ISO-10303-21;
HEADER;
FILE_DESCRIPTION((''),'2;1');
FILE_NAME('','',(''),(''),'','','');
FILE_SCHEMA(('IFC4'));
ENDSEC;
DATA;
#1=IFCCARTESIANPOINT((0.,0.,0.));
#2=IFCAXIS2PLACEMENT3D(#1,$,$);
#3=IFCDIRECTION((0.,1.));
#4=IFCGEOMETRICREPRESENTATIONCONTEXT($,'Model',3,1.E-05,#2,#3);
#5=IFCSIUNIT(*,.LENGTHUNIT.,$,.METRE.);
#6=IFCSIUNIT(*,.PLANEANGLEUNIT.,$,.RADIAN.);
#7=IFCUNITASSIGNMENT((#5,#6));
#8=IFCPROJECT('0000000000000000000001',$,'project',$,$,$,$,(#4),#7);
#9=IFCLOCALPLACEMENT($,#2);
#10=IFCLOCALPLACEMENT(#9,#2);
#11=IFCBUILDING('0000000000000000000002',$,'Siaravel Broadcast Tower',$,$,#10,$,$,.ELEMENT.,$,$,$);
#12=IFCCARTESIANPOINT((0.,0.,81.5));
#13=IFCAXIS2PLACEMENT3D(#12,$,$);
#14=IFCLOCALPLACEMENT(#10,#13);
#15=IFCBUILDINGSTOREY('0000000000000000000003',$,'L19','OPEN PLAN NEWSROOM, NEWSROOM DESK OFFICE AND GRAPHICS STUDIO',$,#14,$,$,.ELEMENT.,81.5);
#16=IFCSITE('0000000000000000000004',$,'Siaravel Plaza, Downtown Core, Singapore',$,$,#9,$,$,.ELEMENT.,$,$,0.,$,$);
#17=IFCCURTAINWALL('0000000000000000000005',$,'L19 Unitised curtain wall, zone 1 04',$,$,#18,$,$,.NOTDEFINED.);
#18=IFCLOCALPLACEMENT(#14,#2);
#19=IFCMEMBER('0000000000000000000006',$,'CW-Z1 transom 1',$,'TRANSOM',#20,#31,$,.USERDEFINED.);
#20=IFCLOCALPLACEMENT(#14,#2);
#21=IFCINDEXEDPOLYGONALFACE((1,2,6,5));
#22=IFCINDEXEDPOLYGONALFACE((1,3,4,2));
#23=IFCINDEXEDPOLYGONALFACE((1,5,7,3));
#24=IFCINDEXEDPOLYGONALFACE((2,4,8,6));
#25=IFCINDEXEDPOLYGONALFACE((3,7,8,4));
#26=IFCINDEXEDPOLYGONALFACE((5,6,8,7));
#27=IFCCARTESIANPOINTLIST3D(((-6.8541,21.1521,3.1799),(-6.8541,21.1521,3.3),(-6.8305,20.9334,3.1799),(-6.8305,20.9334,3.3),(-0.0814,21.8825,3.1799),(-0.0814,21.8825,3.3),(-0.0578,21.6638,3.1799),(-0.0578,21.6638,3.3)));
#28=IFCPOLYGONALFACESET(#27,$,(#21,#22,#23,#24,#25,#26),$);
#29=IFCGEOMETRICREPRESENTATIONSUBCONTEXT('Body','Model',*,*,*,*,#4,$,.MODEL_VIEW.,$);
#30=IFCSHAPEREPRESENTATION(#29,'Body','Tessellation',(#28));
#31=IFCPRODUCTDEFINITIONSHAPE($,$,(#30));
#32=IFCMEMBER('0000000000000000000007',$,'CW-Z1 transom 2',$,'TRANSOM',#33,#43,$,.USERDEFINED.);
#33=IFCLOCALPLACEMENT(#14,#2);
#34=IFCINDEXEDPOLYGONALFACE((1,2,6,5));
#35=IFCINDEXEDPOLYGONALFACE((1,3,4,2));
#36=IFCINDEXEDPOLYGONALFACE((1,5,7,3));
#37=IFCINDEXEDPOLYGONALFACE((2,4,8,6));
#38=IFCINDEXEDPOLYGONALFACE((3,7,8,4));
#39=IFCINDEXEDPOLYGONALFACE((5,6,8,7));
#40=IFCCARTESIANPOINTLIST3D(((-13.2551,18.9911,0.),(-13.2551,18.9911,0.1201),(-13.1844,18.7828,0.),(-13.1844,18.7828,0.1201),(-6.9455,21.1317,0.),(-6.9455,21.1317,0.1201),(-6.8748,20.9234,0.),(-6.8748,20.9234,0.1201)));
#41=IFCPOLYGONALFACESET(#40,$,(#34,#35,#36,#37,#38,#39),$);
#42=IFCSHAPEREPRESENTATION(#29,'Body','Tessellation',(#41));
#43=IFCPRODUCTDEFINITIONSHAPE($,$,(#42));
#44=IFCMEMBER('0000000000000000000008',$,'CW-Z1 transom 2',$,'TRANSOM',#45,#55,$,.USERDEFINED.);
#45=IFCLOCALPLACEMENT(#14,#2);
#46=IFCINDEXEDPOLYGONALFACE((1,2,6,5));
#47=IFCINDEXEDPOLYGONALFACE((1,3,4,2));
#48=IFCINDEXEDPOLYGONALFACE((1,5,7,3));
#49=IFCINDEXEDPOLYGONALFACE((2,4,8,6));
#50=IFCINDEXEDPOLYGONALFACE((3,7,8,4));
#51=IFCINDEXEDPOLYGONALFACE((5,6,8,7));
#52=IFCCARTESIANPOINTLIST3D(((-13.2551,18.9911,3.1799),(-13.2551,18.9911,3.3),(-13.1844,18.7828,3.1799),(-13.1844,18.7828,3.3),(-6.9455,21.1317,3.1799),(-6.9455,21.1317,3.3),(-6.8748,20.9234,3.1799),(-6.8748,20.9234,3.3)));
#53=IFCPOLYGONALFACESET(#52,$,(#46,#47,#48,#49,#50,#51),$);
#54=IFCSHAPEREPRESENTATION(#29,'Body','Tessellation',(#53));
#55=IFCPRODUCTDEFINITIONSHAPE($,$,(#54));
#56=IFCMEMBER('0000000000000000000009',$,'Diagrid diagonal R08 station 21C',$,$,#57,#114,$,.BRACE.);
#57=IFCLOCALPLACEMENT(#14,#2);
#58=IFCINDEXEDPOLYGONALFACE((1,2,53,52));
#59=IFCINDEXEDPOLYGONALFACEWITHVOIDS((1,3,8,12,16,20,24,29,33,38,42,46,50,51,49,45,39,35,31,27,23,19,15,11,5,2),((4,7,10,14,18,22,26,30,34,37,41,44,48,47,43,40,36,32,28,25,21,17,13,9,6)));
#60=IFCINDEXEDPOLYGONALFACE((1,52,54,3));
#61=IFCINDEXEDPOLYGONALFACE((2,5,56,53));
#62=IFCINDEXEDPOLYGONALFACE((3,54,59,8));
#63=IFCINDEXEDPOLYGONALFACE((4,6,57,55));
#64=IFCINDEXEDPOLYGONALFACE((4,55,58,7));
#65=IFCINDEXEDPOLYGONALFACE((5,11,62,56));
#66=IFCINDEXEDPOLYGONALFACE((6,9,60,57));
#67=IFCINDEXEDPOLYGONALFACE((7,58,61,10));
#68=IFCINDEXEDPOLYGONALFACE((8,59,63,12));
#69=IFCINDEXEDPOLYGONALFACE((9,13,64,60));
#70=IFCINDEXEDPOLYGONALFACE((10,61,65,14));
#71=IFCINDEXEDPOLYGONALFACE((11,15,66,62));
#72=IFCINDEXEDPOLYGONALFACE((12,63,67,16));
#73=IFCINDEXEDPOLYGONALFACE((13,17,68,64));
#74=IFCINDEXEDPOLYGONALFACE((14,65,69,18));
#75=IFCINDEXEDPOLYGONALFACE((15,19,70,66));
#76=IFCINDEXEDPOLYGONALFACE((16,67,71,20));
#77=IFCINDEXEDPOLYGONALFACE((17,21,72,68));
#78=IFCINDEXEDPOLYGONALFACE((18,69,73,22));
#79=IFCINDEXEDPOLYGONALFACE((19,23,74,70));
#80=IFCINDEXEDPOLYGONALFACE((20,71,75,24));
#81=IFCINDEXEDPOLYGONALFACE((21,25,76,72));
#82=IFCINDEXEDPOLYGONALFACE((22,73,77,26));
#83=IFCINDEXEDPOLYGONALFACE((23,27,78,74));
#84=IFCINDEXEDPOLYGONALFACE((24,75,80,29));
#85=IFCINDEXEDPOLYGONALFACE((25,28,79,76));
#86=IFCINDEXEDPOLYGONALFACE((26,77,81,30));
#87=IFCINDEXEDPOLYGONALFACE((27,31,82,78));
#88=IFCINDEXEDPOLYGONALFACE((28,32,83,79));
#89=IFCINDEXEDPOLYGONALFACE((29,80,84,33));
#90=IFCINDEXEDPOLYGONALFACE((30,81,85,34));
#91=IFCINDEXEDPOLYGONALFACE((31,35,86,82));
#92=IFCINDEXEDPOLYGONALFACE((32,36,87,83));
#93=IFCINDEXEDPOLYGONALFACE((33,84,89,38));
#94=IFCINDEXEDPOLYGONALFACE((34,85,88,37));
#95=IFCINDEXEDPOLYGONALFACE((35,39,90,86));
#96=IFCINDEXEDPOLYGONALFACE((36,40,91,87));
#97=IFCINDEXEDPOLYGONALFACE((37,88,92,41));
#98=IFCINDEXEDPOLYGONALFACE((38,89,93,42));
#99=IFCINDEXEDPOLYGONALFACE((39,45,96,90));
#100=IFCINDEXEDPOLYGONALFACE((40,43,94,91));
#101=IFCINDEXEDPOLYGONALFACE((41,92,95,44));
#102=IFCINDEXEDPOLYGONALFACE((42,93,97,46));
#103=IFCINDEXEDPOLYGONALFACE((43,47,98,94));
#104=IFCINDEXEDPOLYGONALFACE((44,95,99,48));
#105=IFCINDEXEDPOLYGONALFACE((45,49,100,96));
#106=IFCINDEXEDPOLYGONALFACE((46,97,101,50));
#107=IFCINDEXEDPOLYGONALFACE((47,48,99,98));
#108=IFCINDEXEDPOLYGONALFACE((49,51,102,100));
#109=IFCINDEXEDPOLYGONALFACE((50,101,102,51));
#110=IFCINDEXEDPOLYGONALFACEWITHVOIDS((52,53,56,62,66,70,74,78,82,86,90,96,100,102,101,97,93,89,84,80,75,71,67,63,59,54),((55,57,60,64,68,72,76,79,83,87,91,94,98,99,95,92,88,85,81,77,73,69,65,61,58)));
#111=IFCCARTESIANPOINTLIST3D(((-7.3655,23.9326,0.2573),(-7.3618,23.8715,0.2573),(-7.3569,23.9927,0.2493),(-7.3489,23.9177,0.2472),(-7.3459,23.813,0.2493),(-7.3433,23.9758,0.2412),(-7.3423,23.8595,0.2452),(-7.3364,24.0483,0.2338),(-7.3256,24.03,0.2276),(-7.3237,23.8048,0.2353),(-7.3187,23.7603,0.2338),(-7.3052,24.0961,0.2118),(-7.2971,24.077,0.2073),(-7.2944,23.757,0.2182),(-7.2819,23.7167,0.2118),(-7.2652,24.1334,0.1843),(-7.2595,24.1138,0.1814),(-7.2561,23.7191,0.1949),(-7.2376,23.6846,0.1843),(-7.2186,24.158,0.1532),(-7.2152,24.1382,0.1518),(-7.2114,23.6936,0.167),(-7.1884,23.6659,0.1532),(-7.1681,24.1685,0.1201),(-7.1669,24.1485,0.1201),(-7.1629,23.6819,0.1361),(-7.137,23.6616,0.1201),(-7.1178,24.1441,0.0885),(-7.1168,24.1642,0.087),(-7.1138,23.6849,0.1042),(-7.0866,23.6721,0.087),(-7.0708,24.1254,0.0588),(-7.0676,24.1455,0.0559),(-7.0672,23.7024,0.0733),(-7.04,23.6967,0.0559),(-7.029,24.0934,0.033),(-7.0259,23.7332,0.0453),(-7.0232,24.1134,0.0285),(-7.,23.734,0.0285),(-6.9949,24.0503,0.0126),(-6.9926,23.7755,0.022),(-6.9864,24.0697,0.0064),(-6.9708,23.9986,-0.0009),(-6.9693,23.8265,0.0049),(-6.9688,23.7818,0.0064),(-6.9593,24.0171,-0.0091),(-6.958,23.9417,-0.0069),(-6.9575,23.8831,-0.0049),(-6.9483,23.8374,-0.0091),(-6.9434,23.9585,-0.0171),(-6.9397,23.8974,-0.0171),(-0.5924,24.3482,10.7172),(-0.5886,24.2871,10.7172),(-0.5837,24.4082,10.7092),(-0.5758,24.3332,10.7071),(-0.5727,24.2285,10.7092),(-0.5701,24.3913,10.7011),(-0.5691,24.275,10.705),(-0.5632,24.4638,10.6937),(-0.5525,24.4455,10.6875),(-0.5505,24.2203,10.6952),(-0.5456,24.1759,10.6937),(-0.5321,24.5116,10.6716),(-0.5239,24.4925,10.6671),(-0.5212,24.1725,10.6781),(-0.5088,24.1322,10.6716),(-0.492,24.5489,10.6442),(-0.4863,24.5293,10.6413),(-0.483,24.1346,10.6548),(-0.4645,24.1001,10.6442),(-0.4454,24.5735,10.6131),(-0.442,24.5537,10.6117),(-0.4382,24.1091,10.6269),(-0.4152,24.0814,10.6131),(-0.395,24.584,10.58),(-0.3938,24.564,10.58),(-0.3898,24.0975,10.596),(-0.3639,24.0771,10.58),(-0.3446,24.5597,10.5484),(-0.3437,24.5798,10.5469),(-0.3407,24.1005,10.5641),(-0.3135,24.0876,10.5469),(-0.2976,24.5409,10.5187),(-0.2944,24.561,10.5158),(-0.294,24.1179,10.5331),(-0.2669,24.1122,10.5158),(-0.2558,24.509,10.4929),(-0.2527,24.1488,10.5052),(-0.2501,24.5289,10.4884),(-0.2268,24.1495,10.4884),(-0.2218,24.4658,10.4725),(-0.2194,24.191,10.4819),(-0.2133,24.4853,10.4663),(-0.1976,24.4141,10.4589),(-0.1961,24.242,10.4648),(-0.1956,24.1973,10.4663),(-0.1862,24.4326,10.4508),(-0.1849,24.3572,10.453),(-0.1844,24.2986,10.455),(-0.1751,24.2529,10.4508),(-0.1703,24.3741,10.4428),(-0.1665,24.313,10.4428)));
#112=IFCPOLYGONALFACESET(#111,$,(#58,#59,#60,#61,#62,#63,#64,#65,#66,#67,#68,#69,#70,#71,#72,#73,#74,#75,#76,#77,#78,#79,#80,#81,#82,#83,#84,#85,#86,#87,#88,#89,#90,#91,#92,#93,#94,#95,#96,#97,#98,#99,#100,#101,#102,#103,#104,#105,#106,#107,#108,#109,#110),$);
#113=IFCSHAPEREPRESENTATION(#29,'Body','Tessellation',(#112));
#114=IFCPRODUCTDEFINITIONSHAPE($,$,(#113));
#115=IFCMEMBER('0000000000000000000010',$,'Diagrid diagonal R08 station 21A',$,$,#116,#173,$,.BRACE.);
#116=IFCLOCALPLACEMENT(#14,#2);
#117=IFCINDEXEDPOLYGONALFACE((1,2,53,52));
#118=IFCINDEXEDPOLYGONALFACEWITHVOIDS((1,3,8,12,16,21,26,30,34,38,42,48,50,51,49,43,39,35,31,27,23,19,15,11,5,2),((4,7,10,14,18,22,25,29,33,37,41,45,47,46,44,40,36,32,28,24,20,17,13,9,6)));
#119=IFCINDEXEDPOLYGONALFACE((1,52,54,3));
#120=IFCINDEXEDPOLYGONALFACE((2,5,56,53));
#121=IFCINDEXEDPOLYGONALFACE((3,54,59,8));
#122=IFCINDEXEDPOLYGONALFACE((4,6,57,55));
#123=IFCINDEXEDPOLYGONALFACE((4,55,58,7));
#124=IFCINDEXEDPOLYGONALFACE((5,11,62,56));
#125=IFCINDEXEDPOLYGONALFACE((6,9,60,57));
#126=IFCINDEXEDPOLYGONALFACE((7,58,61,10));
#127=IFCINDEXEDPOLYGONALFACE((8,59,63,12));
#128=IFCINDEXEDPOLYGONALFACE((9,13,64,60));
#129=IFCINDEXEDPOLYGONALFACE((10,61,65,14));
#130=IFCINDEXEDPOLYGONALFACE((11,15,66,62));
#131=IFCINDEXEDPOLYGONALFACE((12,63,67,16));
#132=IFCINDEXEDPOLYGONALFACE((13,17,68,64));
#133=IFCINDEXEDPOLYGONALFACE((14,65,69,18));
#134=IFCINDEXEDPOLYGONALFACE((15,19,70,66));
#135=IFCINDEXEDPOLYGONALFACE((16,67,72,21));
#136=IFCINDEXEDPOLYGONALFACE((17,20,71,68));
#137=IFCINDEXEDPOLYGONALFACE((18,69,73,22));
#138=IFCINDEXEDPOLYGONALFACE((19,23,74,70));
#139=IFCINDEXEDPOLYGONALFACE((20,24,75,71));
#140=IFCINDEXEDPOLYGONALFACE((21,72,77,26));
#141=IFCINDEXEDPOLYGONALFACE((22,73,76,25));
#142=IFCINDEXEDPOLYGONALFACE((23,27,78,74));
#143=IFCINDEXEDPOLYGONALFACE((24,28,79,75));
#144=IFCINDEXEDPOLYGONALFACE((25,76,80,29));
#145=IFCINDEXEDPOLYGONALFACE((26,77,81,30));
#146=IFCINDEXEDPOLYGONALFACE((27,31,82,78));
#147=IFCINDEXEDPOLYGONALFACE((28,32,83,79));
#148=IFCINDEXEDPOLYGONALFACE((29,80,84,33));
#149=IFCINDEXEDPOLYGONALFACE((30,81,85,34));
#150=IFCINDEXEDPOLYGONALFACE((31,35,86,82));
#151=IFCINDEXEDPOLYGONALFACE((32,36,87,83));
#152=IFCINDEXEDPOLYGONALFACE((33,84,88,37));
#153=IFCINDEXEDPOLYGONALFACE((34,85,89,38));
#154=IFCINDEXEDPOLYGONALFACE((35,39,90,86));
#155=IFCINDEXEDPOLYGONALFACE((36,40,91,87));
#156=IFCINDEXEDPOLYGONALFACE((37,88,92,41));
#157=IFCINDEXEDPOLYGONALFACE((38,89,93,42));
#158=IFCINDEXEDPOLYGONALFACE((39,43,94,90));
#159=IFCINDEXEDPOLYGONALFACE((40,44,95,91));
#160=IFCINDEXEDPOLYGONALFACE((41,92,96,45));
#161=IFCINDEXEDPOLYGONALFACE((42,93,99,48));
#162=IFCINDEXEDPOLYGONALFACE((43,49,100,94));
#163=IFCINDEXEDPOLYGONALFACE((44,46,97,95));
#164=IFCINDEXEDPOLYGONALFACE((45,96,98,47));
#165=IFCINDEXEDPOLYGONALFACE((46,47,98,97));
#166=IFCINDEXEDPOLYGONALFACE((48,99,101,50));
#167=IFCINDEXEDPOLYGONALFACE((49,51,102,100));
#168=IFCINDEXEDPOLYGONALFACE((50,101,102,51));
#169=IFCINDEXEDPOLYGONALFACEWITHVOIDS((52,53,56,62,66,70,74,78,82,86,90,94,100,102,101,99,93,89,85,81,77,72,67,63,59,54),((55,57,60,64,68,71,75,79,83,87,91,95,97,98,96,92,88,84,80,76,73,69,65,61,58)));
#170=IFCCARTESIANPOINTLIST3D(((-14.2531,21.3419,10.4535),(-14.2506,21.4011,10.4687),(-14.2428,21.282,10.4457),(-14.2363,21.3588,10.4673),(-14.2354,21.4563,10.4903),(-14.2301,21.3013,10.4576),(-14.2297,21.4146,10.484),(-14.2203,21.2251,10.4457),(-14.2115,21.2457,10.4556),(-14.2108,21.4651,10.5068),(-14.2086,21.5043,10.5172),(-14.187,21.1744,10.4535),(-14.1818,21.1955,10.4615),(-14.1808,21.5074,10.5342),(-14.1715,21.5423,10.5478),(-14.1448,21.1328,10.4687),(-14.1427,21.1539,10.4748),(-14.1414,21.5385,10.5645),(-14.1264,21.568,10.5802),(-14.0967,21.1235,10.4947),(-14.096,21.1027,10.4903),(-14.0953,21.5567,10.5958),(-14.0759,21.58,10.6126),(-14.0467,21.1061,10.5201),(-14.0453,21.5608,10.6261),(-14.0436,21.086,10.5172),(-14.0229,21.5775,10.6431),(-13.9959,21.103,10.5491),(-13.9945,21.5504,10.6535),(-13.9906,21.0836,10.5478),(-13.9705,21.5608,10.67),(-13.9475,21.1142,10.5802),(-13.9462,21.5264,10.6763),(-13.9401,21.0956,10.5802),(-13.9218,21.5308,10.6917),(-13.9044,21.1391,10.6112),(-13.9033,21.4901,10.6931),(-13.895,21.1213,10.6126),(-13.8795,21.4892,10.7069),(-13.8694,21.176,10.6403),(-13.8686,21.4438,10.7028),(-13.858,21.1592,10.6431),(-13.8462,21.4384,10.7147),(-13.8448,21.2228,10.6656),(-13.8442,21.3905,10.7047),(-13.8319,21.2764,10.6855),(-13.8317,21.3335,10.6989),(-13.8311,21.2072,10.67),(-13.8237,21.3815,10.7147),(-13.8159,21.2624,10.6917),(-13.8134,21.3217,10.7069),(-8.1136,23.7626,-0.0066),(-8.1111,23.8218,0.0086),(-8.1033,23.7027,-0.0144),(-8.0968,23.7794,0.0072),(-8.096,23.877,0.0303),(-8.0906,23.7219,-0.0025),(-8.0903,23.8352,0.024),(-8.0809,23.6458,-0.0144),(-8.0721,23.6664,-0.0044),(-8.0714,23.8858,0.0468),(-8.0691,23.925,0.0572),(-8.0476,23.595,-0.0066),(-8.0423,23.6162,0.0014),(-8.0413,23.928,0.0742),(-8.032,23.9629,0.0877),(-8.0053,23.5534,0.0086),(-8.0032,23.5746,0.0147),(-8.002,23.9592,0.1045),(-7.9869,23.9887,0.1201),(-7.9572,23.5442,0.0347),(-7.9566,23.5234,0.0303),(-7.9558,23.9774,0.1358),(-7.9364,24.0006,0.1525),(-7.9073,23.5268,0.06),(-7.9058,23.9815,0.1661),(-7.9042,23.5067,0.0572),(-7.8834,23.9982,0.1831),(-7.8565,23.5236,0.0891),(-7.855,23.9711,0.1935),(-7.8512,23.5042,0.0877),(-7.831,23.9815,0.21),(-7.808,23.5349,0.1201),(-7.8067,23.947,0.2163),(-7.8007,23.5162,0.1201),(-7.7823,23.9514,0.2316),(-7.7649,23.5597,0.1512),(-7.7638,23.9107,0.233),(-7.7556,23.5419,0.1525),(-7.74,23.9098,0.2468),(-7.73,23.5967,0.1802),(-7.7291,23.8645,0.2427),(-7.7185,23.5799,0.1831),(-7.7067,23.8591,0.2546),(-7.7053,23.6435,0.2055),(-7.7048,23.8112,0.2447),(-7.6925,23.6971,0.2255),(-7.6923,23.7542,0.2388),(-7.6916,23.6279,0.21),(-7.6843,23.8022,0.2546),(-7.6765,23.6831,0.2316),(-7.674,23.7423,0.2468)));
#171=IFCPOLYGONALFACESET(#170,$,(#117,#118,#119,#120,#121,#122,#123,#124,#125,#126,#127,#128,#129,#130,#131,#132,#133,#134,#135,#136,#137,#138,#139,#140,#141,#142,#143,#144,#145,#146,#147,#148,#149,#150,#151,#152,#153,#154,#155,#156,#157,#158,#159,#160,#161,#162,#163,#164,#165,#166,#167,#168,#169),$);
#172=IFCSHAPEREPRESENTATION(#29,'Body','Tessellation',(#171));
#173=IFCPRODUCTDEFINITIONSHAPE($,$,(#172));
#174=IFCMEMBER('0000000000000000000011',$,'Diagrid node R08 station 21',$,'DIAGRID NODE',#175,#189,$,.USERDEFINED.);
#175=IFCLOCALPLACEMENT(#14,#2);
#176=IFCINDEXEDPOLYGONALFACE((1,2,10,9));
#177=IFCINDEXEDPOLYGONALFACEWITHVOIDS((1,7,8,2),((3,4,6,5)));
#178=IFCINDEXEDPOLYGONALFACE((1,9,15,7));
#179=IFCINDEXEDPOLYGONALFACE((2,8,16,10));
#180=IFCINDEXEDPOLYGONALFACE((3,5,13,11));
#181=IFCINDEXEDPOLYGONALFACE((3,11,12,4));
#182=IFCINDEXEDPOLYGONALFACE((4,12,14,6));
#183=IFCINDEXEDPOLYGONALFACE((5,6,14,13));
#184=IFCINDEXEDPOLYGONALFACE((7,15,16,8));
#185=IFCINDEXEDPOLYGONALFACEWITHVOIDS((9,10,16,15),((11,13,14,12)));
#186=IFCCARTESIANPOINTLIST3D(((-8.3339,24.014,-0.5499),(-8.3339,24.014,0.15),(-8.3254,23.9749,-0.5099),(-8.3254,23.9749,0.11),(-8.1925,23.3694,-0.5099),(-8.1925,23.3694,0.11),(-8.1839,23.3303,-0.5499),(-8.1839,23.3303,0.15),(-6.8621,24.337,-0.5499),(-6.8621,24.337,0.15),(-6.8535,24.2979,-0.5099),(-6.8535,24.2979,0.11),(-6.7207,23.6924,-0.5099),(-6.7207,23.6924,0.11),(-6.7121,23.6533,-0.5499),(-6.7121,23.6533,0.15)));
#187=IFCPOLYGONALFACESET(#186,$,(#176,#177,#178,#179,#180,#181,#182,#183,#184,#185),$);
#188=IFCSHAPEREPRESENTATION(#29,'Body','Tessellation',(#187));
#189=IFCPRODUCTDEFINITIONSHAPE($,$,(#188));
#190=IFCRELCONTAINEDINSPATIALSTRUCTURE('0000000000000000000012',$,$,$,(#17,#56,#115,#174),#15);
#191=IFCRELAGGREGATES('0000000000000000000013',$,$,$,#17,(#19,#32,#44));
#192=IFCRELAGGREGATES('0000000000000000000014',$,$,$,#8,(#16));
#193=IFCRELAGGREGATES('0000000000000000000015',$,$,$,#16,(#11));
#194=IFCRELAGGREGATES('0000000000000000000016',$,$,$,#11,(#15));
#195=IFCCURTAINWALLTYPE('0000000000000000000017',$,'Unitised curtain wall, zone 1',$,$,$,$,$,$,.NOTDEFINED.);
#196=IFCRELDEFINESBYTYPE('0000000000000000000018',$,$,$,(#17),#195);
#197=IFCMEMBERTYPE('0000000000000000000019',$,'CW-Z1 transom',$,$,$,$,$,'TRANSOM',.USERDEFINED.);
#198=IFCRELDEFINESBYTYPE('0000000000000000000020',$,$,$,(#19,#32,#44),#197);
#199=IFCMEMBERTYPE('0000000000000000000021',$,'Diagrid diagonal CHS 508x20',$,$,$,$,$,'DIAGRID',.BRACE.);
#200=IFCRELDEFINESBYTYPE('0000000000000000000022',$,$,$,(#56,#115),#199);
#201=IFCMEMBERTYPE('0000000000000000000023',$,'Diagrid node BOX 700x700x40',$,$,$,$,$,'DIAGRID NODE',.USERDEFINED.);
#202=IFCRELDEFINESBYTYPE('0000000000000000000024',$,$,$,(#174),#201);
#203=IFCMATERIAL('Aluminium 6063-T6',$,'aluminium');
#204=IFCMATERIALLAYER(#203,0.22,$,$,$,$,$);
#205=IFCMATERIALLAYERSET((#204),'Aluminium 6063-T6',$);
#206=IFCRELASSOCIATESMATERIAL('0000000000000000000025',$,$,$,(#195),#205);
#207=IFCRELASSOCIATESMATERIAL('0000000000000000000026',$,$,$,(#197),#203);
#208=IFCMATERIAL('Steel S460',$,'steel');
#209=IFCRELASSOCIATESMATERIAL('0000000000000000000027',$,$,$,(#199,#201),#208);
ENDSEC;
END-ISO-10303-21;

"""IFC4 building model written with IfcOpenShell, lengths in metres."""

from ifc_helpers import new_model, si_unit, direction, frame, origin, origin_2d, place, context, subcontext, project, spatial, rectangle, hollow_rectangle, hollow_circle, extrude, material, layer, layer_set, material_profile, profile_set, type_object, element, aggregate, save


model = new_model("IFC4")

# Units and contexts
model_context = context("Model", 3, precision=1e-05, world=origin(), true_north=direction((0.0, 1.0)))
body_context = subcontext(model_context, "Body", "Model", "MODEL_VIEW")
ifc_project = project(units=[si_unit("LENGTHUNIT", "METRE"), si_unit("PLANEANGLEUNIT", "RADIAN")], contexts=[model_context])

# Site, building, storey
site_placement = place(None, origin())
site = spatial("IfcSite", under=ifc_project, at=site_placement, Name="Siaravel Plaza, Downtown Core, Singapore", CompositionType="ELEMENT", RefElevation=0.0)
building_placement = place(site_placement, origin())
building = spatial("IfcBuilding", under=site, at=building_placement, Name="Siaravel Broadcast Tower", CompositionType="ELEMENT")
storey_placement = place(building_placement, frame((0.0, 0.0, 81.5)))
storey = spatial("IfcBuildingStorey", under=building, at=storey_placement, Name="L19", Description="OPEN PLAN NEWSROOM, NEWSROOM DESK OFFICE AND GRAPHICS STUDIO", CompositionType="ELEMENT", Elevation=81.5)

# Curtain wall, members
ifc_material_1 = material(Name="Aluminium 6063-T6", Category="aluminium")
ifc_layer_1 = layer(ifc_material_1, 0.22)
ifc_layer_set_1 = layer_set([ifc_layer_1], Name="Aluminium 6063-T6")
curtain_wall_type = type_object("IfcCurtainWallType", Name="Unitised curtain wall, zone 1", PredefinedType="NOTDEFINED", material=ifc_layer_set_1)
curtain_wall_placement = place(storey_placement, origin())
curtain_wall = element("IfcCurtainWall", 1, at=curtain_wall_placement, inside=storey, type_object=curtain_wall_type, Name="L19 Unitised curtain wall, zone 1 04", PredefinedType="NOTDEFINED")
ifc_material_profile_1 = material_profile(ifc_material_1, rectangle(XDim=0.22, YDim=0.1201, at=origin_2d()))
ifc_profile_set_1 = profile_set([ifc_material_profile_1], Name="Aluminium 6063-T6")
member_type_1 = type_object("IfcMemberType", Name="CW-Z1 transom", ElementType="TRANSOM", PredefinedType="USERDEFINED", material=ifc_profile_set_1)
member_1_placement = place(storey_placement, frame((-0.0696, 21.7732, 3.24), z_axis=(-0.994234, -0.107233, 0.0), x_axis=(0.107233, -0.994234, 0.0)))
member_1 = element("IfcMember", 2, at=member_1_placement, type_object=member_type_1, Name="CW-Z1 transom 1", ObjectType="TRANSOM", PredefinedType="USERDEFINED", context=body_context, shape_type="SweptSolid", body=[
    extrude(rectangle(XDim=0.22, YDim=0.1201, at=origin_2d()), origin(), (0.0, 0.0, 1.0), 6.812),
])
member_2_placement = place(storey_placement, frame((-6.9102, 21.0276, 0.0601), z_axis=(-0.946984, -0.32128, 0.0), x_axis=(0.32128, -0.946984, 0.0)))
member_2 = element("IfcMember", 3, at=member_2_placement, type_object=member_type_1, Name="CW-Z1 transom 2", ObjectType="TRANSOM", PredefinedType="USERDEFINED", context=body_context, shape_type="SweptSolid", body=[
    extrude(rectangle(XDim=0.22, YDim=0.1201, at=origin_2d()), origin(), (0.0, 0.0, 1.0), 6.6628),
])
member_3_placement = place(storey_placement, frame((-6.9102, 21.0276, 3.24), z_axis=(-0.946984, -0.32128, 0.0), x_axis=(0.32128, -0.946984, 0.0)))
member_3 = element("IfcMember", 4, at=member_3_placement, type_object=member_type_1, Name="CW-Z1 transom 2", ObjectType="TRANSOM", PredefinedType="USERDEFINED", context=body_context, shape_type="SweptSolid", body=[
    extrude(rectangle(XDim=0.22, YDim=0.1201, at=origin_2d()), origin(), (0.0, 0.0, 1.0), 6.6628),
])

# Members
ifc_material_2 = material(Name="Steel S460", Category="steel")
ifc_material_profile_2 = material_profile(ifc_material_2, hollow_circle(Radius=0.2539, WallThickness=0.02, at=origin_2d()))
ifc_profile_set_2 = profile_set([ifc_material_profile_2], Name="Steel S460")
member_type_2 = type_object("IfcMemberType", Name="Diagrid diagonal CHS 508x20", ElementType="DIAGRID", PredefinedType="BRACE", material=ifc_profile_set_2)
member_4_placement = place(storey_placement, frame((-7.1526, 23.915, 0.1201), z_axis=(0.543231, 0.033327, 0.838921), x_axis=(-0.061234, 0.998123, 0.0)))
element("IfcMember", 5, at=member_4_placement, inside=storey, type_object=member_type_2, Name="Diagrid diagonal R08 station 21C", PredefinedType="BRACE", context=body_context, shape_type="SweptSolid", body=[
    extrude(hollow_circle(Radius=0.2539, WallThickness=0.02, at=origin_2d()), origin(), (0.0, 0.0, 1.0), 12.4683),
])
member_5_placement = place(storey_placement, frame((-7.8938, 23.7524, 0.1201), z_axis=(-0.496402, -0.195722, 0.845741), x_axis=(0.3668, -0.9303, 0.0)))
element("IfcMember", 6, at=member_5_placement, inside=storey, type_object=member_type_2, Name="Diagrid diagonal R08 station 21A", PredefinedType="BRACE", context=body_context, shape_type="SweptSolid", body=[
    extrude(hollow_circle(Radius=0.2539, WallThickness=0.02, at=origin_2d()), origin(), (0.0, 0.0, 1.0), 12.3679),
])
ifc_material_profile_3 = material_profile(ifc_material_2, hollow_rectangle(XDim=0.7, YDim=0.7, WallThickness=0.04, at=origin_2d()))
ifc_profile_set_3 = profile_set([ifc_material_profile_3], Name="Steel S460")
member_type_3 = type_object("IfcMemberType", Name="Diagrid node BOX 700x700x40", ElementType="DIAGRID NODE", PredefinedType="USERDEFINED", material=ifc_profile_set_3)
member_6_placement = place(storey_placement, frame((-6.7871, 23.9951, -0.2), z_axis=(-0.976759, -0.214339, 0.0), x_axis=(0.214339, -0.976759, 0.0)))
element("IfcMember", 7, at=member_6_placement, inside=storey, type_object=member_type_3, Name="Diagrid node R08 station 21", ObjectType="DIAGRID NODE", PredefinedType="USERDEFINED", context=body_context, shape_type="SweptSolid", body=[
    extrude(hollow_rectangle(XDim=0.7, YDim=0.7, WallThickness=0.04, at=origin_2d()), origin(), (0.0, 0.0, 1.0), 1.5068),
])

aggregate(curtain_wall, [member_1, member_2, member_3])

save(model, "model.ifc")
